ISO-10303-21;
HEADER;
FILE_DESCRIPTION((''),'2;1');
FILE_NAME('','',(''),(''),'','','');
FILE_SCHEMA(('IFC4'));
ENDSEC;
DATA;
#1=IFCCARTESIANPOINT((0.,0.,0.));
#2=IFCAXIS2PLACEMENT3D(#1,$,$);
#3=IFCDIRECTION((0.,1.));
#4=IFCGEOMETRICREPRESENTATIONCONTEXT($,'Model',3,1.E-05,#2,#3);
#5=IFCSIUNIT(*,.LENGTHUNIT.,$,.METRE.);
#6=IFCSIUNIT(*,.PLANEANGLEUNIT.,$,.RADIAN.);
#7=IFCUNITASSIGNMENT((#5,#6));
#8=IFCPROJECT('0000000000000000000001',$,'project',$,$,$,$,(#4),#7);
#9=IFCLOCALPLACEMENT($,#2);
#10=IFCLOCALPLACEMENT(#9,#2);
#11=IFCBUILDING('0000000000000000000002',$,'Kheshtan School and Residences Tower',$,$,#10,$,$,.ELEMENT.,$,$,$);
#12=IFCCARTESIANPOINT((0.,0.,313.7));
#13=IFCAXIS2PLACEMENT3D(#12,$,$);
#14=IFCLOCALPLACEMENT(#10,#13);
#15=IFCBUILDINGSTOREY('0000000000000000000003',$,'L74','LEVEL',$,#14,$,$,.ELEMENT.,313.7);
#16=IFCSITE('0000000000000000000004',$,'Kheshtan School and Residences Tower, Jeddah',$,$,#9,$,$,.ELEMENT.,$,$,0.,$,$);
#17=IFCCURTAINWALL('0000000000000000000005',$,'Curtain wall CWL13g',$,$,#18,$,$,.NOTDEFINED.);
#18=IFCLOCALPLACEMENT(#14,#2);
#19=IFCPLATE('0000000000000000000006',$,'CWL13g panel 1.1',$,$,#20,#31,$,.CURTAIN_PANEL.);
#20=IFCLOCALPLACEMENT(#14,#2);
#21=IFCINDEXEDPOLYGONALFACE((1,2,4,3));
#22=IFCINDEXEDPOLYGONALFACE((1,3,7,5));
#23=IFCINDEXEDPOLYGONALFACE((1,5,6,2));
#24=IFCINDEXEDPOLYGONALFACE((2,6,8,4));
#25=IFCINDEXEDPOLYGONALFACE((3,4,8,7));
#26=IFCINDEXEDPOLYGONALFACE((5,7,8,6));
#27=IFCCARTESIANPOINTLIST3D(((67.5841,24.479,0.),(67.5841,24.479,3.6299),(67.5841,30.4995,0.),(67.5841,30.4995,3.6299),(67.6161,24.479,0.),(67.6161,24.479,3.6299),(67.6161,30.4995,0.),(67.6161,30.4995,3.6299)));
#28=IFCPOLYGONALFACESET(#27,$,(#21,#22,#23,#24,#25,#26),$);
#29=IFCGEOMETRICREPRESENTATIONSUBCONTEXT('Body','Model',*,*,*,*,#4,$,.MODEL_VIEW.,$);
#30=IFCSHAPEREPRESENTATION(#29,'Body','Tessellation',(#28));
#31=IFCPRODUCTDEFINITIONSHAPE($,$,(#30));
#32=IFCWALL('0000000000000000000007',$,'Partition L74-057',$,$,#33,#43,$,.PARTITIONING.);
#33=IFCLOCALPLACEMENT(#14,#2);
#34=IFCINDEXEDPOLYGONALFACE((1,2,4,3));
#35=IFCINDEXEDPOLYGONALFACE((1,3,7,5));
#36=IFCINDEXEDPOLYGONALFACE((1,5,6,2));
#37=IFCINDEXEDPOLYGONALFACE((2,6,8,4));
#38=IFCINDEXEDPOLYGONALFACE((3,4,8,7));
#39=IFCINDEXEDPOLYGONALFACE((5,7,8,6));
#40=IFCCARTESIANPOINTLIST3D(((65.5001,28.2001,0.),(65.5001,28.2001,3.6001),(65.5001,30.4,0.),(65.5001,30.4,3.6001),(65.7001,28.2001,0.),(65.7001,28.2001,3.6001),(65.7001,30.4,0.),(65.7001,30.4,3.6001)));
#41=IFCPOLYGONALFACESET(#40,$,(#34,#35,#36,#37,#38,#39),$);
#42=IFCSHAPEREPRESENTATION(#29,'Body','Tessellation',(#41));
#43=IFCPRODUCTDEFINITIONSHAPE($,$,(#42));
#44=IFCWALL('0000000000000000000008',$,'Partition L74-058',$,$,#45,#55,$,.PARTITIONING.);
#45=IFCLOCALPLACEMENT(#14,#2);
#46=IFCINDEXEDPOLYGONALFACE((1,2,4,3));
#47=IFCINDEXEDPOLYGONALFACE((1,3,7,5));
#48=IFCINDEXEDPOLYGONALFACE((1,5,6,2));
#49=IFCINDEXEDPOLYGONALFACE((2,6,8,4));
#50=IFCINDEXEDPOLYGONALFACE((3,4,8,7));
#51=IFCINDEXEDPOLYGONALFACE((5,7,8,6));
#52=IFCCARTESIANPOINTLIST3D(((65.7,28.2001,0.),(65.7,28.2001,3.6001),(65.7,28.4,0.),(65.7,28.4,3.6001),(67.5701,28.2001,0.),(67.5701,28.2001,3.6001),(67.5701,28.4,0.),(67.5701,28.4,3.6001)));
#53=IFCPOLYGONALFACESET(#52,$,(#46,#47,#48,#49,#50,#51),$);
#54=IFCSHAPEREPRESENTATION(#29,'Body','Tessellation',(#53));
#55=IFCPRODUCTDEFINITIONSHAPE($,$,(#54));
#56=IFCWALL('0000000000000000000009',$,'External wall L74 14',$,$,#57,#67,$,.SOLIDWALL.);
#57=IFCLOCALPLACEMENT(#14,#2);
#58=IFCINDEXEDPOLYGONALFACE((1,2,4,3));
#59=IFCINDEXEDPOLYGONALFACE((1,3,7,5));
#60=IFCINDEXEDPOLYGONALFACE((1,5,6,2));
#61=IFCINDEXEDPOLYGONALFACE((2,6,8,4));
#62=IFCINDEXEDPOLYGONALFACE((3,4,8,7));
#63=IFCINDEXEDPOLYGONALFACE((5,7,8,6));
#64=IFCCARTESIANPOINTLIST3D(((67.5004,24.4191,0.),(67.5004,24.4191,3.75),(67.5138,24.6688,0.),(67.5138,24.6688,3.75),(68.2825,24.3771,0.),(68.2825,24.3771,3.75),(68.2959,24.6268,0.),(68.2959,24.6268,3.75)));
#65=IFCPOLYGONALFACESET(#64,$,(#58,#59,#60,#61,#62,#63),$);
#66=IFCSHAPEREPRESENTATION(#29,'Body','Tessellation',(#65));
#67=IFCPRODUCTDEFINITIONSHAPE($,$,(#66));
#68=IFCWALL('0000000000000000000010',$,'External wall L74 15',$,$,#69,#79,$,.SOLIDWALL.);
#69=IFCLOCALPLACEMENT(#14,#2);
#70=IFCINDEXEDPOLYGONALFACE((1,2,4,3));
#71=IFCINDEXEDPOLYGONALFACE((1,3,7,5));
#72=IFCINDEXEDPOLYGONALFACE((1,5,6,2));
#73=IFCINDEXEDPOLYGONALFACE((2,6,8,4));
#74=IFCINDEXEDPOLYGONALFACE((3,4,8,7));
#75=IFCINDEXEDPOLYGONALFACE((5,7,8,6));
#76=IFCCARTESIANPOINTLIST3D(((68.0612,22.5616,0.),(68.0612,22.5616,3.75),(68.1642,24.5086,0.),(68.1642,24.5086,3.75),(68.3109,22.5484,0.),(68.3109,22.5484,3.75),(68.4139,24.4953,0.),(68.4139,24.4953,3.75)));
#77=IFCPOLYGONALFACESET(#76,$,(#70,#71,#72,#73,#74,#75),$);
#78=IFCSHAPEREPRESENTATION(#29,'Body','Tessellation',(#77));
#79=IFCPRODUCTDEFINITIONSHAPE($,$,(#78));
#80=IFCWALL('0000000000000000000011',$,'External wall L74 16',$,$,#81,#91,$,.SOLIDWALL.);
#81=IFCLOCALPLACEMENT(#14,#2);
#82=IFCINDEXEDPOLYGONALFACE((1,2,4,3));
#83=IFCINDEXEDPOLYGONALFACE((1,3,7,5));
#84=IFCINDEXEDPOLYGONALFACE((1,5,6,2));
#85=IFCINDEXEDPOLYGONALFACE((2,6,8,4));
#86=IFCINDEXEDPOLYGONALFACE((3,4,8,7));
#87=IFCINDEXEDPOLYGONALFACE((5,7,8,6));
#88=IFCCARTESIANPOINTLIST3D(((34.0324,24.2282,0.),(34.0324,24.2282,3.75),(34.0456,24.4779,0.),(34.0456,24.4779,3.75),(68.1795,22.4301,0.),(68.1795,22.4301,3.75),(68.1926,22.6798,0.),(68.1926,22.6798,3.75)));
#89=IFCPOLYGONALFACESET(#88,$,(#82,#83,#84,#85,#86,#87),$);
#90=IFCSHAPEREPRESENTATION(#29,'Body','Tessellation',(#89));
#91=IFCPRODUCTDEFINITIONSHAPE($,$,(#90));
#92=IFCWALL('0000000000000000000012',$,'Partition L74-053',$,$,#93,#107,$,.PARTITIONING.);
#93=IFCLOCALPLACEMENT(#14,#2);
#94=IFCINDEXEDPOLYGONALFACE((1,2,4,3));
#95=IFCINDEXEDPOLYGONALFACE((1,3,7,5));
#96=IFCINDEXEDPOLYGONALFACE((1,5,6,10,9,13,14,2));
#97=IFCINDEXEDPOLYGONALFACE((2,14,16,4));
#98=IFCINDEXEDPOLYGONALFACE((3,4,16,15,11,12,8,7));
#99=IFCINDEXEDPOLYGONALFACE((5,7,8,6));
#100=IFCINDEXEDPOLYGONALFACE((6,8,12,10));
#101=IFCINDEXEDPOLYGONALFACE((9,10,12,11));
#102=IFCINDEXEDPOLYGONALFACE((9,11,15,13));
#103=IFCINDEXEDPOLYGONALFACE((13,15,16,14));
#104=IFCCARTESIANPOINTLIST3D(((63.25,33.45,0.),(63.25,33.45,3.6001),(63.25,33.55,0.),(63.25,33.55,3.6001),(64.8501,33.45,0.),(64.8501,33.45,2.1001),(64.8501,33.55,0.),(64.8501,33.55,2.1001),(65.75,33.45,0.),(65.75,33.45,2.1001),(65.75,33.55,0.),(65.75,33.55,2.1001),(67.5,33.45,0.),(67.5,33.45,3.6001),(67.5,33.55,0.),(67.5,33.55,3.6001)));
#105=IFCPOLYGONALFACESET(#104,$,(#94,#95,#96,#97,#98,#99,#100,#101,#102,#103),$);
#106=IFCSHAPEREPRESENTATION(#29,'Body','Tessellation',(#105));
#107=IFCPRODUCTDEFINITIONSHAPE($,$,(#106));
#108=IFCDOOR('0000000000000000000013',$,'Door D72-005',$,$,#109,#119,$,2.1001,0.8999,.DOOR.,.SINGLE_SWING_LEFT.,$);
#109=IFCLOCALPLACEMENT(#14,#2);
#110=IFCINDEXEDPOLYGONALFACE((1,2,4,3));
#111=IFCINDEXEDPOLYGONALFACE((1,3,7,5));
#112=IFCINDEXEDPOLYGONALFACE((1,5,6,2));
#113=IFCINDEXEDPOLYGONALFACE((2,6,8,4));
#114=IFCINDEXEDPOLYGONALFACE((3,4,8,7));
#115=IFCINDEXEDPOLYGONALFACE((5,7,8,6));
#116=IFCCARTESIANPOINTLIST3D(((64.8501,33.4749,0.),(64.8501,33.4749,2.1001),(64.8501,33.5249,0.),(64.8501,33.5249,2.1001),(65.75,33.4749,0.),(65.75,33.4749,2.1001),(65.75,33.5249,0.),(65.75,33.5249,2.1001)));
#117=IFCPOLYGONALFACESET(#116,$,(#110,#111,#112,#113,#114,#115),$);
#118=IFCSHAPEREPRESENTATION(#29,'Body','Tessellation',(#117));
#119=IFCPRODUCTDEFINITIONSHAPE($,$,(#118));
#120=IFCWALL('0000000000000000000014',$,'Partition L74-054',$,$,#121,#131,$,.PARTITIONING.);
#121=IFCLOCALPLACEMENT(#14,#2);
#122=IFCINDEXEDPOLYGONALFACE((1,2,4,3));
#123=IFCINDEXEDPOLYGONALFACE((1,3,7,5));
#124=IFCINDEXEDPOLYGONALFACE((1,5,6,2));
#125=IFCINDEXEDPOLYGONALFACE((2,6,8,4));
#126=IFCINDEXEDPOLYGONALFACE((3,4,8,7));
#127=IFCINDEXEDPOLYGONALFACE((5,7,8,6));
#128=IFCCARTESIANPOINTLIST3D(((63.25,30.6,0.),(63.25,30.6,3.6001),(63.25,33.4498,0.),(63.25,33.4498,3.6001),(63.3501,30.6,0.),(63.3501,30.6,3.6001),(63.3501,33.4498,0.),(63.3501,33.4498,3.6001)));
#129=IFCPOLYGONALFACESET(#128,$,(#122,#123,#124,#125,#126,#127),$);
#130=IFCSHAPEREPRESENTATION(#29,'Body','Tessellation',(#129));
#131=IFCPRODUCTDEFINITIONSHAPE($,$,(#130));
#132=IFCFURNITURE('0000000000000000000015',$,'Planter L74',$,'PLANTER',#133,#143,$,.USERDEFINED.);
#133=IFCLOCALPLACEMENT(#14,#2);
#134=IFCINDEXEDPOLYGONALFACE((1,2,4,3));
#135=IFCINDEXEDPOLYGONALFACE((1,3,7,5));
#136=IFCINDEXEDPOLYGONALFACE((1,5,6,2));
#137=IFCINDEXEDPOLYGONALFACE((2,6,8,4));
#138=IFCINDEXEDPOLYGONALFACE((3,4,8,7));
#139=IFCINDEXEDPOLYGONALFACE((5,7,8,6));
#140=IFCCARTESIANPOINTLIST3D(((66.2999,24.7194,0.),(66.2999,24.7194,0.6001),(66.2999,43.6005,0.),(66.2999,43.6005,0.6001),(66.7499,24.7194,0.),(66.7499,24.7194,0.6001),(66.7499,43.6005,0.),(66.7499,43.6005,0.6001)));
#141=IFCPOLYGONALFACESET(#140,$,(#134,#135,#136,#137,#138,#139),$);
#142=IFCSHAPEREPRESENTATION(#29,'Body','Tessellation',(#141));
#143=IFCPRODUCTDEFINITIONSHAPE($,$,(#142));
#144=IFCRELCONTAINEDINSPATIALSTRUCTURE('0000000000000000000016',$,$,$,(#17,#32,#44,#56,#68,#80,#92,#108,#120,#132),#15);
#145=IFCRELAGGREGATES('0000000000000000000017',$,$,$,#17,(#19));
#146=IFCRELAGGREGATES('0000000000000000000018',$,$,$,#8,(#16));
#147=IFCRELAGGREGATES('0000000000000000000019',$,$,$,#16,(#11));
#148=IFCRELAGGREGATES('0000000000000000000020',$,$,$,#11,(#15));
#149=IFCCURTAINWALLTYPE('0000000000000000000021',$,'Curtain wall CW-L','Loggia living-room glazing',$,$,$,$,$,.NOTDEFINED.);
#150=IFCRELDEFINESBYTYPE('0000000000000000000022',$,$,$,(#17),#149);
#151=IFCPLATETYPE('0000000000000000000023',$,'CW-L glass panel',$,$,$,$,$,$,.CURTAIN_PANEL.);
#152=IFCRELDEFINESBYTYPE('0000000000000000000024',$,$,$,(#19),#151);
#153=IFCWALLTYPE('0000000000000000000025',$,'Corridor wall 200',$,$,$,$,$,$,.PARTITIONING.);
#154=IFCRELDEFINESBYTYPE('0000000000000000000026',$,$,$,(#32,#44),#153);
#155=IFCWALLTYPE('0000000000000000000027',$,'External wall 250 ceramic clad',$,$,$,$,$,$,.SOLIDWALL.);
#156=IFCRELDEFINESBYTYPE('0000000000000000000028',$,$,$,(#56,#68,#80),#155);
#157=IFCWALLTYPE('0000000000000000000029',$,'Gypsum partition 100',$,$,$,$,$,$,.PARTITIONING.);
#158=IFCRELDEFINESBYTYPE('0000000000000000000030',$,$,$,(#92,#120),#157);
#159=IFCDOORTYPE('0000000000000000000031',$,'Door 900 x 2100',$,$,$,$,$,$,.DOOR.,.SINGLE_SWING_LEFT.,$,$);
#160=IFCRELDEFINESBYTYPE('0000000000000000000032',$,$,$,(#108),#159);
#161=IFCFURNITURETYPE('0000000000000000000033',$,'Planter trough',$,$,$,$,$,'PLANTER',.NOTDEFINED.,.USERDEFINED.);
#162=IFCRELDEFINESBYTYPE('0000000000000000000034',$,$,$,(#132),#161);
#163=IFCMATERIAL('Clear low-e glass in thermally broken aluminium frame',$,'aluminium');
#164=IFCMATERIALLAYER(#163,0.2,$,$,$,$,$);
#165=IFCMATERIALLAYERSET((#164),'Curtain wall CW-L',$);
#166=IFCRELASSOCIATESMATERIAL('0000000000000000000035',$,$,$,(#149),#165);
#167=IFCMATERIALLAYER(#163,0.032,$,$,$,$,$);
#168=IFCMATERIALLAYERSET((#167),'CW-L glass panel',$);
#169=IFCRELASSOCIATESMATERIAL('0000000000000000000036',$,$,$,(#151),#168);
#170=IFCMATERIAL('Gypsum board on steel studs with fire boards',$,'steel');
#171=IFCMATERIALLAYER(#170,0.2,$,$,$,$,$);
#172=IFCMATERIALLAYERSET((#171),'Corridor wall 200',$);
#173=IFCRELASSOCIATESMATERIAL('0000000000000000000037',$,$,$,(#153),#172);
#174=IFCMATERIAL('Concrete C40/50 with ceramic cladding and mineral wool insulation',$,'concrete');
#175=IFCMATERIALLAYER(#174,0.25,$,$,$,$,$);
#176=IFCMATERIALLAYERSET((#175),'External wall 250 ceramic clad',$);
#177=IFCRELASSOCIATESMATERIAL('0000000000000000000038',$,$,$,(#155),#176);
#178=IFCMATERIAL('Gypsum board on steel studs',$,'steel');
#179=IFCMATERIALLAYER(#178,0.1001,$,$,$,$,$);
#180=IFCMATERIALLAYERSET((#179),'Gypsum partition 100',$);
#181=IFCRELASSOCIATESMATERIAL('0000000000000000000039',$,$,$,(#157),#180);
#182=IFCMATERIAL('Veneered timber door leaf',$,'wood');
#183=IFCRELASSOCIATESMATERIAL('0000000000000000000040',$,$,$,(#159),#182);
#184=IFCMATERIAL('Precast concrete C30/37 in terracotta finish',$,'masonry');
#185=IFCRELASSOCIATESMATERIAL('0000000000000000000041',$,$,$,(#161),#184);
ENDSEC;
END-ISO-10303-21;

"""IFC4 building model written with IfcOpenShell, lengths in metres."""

from ifc_helpers import new_model, si_unit, direction, frame, frame_2d, origin, origin_2d, place, context, subcontext, project, spatial, rectangle, extrude, source, transform, mapped, material, layer, layer_set, type_object, element, fill, aggregate, save


model = new_model("IFC4")

# Units and contexts
model_context = context("Model", 3, precision=1e-05, world=origin(), true_north=direction((0.0, 1.0)))
body_context = subcontext(model_context, "Body", "Model", "MODEL_VIEW")
ifc_project = project(units=[si_unit("LENGTHUNIT", "METRE"), si_unit("PLANEANGLEUNIT", "RADIAN")], contexts=[model_context])

# Site, building, storey
site_placement = place(None, origin())
site = spatial("IfcSite", under=ifc_project, at=site_placement, Name="Kheshtan School and Residences Tower, Jeddah", CompositionType="ELEMENT", RefElevation=0.0)
building_placement = place(site_placement, origin())
building = spatial("IfcBuilding", under=site, at=building_placement, Name="Kheshtan School and Residences Tower", CompositionType="ELEMENT")
storey_placement = place(building_placement, frame((0.0, 0.0, 313.7)))
storey = spatial("IfcBuildingStorey", under=building, at=storey_placement, Name="L74", Description="LEVEL", CompositionType="ELEMENT", Elevation=313.7)

# Shared definitions
ifc_material_1 = material(Name="Clear low-e glass in thermally broken aluminium frame", Category="aluminium")
ifc_layer_1 = layer(ifc_material_1, 0.2)
ifc_layer_set_1 = layer_set([ifc_layer_1], Name="Curtain wall CW-L")
curtain_wall_type = type_object("IfcCurtainWallType", Name="Curtain wall CW-L", Description="Loggia living-room glazing", PredefinedType="NOTDEFINED", material=ifc_layer_set_1)

# Curtain wall
curtain_wall_1_placement = place(storey_placement, origin())
curtain_wall_1 = element("IfcCurtainWall", 1, at=curtain_wall_1_placement, inside=storey, type_object=curtain_wall_type, Name="Curtain wall CWL13g", PredefinedType="NOTDEFINED")

# Plate
ifc_layer_2 = layer(ifc_material_1, 0.032)
ifc_layer_set_2 = layer_set([ifc_layer_2], Name="CW-L glass panel")
plate_type = type_object("IfcPlateType", Name="CW-L glass panel", PredefinedType="CURTAIN_PANEL", material=ifc_layer_set_2)
plate_1_placement = place(storey_placement, frame((67.6001, 27.4893, 0.0), z_axis=(0.0, 0.0, 1.0), x_axis=(0.0, -1.0, 0.0)))
plate_1 = element("IfcPlate", 2, at=plate_1_placement, type_object=plate_type, Name="CWL13g panel 1.1", PredefinedType="CURTAIN_PANEL", context=body_context, shape_type="SweptSolid", body=[
    extrude(rectangle(XDim=6.0205, YDim=0.032, at=origin_2d()), origin(), (0.0, 0.0, 1.0), 3.6299),
])
aggregate(curtain_wall_1, [plate_1])

# Walls
ifc_material_2 = material(Name="Gypsum board on steel studs with fire boards", Category="steel")
ifc_layer_3 = layer(ifc_material_2, 0.2)
ifc_layer_set_3 = layer_set([ifc_layer_3], Name="Corridor wall 200")
wall_type_1 = type_object("IfcWallType", Name="Corridor wall 200", PredefinedType="PARTITIONING", material=ifc_layer_set_3)
wall_1_placement = place(storey_placement, frame((65.6001, 28.2, 0.0), z_axis=(0.0, 0.0, 1.0), x_axis=(0.0, 1.0, 0.0)))
element("IfcWall", 3, at=wall_1_placement, inside=storey, type_object=wall_type_1, Name="Partition L74-057", PredefinedType="PARTITIONING", context=body_context, shape_type="SweptSolid", body=[
    extrude(rectangle(XDim=2.2, YDim=0.2, at=frame_2d((1.1001, 0.0))), origin(), (0.0, 0.0, 1.0), 3.6001),
])
wall_2_placement = place(storey_placement, frame((65.7, 28.3, 0.0), z_axis=(0.0, 0.0, 1.0), x_axis=(1.0, 0.0, 0.0)))
element("IfcWall", 4, at=wall_2_placement, inside=storey, type_object=wall_type_1, Name="Partition L74-058", PredefinedType="PARTITIONING", context=body_context, shape_type="SweptSolid", body=[
    extrude(rectangle(XDim=1.8701, YDim=0.2, at=frame_2d((0.9351, 0.0))), origin(), (0.0, 0.0, 1.0), 3.6001),
])
ifc_material_3 = material(Name="Concrete C40/50 with ceramic cladding and mineral wool insulation", Category="concrete")
ifc_layer_4 = layer(ifc_material_3, 0.25)
ifc_layer_set_4 = layer_set([ifc_layer_4], Name="External wall 250 ceramic clad")
wall_type_2 = type_object("IfcWallType", Name="External wall 250 ceramic clad", PredefinedType="SOLIDWALL", material=ifc_layer_set_4)
wall_3_placement = place(storey_placement, frame((67.5071, 24.5439, 0.0), z_axis=(0.0, 0.0, 1.0), x_axis=(0.998561, -0.053622, 0.0)))
element("IfcWall", 5, at=wall_3_placement, inside=storey, type_object=wall_type_2, Name="External wall L74 14", PredefinedType="SOLIDWALL", context=body_context, shape_type="SweptSolid", body=[
    extrude(rectangle(XDim=0.7832, YDim=0.25, at=frame_2d((0.3916, 0.0))), origin(), (0.0, 0.0, 1.0), 3.75),
])
wall_4_placement = place(storey_placement, frame((68.2891, 24.502, 0.0), z_axis=(0.0, 0.0, 1.0), x_axis=(-0.052841, -0.998603, 0.0)))
element("IfcWall", 6, at=wall_4_placement, inside=storey, type_object=wall_type_2, Name="External wall L74 15", PredefinedType="SOLIDWALL", context=body_context, shape_type="SweptSolid", body=[
    extrude(rectangle(XDim=1.9497, YDim=0.25, at=frame_2d((0.9749, 0.0))), origin(), (0.0, 0.0, 1.0), 3.75),
])
wall_5_placement = place(storey_placement, frame((68.186, 22.5549, 0.0), z_axis=(0.0, 0.0, 1.0), x_axis=(-0.998616, 0.052585, 0.0)))
element("IfcWall", 7, at=wall_5_placement, inside=storey, type_object=wall_type_2, Name="External wall L74 16", PredefinedType="SOLIDWALL", context=body_context, shape_type="SweptSolid", body=[
    extrude(rectangle(XDim=34.1943, YDim=0.25, at=frame_2d((17.0972, 0.0))), origin(), (0.0, 0.0, 1.0), 3.75),
])

# Wall, opening, door
ifc_material_4 = material(Name="Gypsum board on steel studs", Category="steel")
ifc_layer_5 = layer(ifc_material_4, 0.1001)
ifc_layer_set_5 = layer_set([ifc_layer_5], Name="Gypsum partition 100")
wall_type_3 = type_object("IfcWallType", Name="Gypsum partition 100", PredefinedType="PARTITIONING", material=ifc_layer_set_5)
wall_6_placement = place(storey_placement, frame((63.25, 33.5, 0.0), z_axis=(0.0, 0.0, 1.0), x_axis=(1.0, 0.0, 0.0)))
wall_6 = element("IfcWall", 8, at=wall_6_placement, inside=storey, type_object=wall_type_3, Name="Partition L74-053", PredefinedType="PARTITIONING", context=body_context, shape_type="SweptSolid", body=[
    extrude(rectangle(XDim=4.25, YDim=0.1001, at=frame_2d((2.125, 0.0))), origin(), (0.0, 0.0, 1.0), 3.6001),
])
opening_1_placement = place(wall_6_placement, frame((1.6001, 0.0, 0.0)))
opening_1 = element("IfcOpeningElement", 9, at=opening_1_placement, cuts=wall_6, PredefinedType="OPENING", context=body_context, shape_type="SweptSolid", body=[
    extrude(rectangle(XDim=0.8999, YDim=2.1001, at=frame_2d((0.45, 1.05))), frame((0.0, 0.0601, 0.0), z_axis=(0.0, -1.0, 0.0), x_axis=(1.0, 0.0, 0.0)), (0.0, 0.0, 1.0), 0.1201),
])
ifc_material_5 = material(Name="Veneered timber door leaf", Category="wood")
door_type_1 = type_object("IfcDoorType", Name="Door 900 x 2100", OperationType="SINGLE_SWING_LEFT", PredefinedType="DOOR", material=ifc_material_5)
shared_shape_1 = source(origin(), body_context, "Body", "SweptSolid", [
    extrude(rectangle(XDim=0.8999, YDim=2.1001, at=frame_2d((0.45, 1.05))), frame((0.0, 0.0249, 0.0), z_axis=(0.0, -1.0, 0.0), x_axis=(1.0, 0.0, 0.0)), (0.0, 0.0, 1.0), 0.05),
])
door_1_placement = place(opening_1_placement, origin())
door_1 = element("IfcDoor", 10, at=door_1_placement, inside=storey, type_object=door_type_1, Name="Door D72-005", OperationType="SINGLE_SWING_LEFT", OverallHeight=2.1001, OverallWidth=0.8999, PredefinedType="DOOR", context=body_context, shape_type="MappedRepresentation", body=[
    mapped(shared_shape_1, transform((0.0, 0.0, 0.0), x_axis=(1.0, 0.0, 0.0), y_axis=(0.0, 1.0, 0.0), z_axis=(0.0, 0.0, 1.0), scale=1.0)),
])
fill(opening_1, door_1)

# Wall
wall_7_placement = place(storey_placement, frame((63.3, 30.6001, 0.0), z_axis=(0.0, 0.0, 1.0), x_axis=(0.0, 1.0, 0.0)))
element("IfcWall", 11, at=wall_7_placement, inside=storey, type_object=wall_type_3, Name="Partition L74-054", PredefinedType="PARTITIONING", context=body_context, shape_type="SweptSolid", body=[
    extrude(rectangle(XDim=2.8499, YDim=0.1001, at=frame_2d((1.4248, 0.0))), origin(), (0.0, 0.0, 1.0), 3.6001),
])

# Furniture
ifc_material_6 = material(Name="Precast concrete C30/37 in terracotta finish", Category="masonry")
furniture_type = type_object("IfcFurnitureType", Name="Planter trough", ElementType="PLANTER", AssemblyPlace="NOTDEFINED", PredefinedType="USERDEFINED", material=ifc_material_6)
furniture_placement = place(storey_placement, frame((66.5249, 34.1599, 0.0), z_axis=(0.0, 0.0, 1.0), x_axis=(0.0, -1.0, 0.0)))
element("IfcFurniture", 12, at=furniture_placement, inside=storey, type_object=furniture_type, Name="Planter L74", ObjectType="PLANTER", PredefinedType="USERDEFINED", context=body_context, shape_type="SweptSolid", body=[
    extrude(rectangle(XDim=18.8811, YDim=0.45, at=origin_2d()), origin(), (0.0, 0.0, 1.0), 0.6001),
])

save(model, "model.ifc")
